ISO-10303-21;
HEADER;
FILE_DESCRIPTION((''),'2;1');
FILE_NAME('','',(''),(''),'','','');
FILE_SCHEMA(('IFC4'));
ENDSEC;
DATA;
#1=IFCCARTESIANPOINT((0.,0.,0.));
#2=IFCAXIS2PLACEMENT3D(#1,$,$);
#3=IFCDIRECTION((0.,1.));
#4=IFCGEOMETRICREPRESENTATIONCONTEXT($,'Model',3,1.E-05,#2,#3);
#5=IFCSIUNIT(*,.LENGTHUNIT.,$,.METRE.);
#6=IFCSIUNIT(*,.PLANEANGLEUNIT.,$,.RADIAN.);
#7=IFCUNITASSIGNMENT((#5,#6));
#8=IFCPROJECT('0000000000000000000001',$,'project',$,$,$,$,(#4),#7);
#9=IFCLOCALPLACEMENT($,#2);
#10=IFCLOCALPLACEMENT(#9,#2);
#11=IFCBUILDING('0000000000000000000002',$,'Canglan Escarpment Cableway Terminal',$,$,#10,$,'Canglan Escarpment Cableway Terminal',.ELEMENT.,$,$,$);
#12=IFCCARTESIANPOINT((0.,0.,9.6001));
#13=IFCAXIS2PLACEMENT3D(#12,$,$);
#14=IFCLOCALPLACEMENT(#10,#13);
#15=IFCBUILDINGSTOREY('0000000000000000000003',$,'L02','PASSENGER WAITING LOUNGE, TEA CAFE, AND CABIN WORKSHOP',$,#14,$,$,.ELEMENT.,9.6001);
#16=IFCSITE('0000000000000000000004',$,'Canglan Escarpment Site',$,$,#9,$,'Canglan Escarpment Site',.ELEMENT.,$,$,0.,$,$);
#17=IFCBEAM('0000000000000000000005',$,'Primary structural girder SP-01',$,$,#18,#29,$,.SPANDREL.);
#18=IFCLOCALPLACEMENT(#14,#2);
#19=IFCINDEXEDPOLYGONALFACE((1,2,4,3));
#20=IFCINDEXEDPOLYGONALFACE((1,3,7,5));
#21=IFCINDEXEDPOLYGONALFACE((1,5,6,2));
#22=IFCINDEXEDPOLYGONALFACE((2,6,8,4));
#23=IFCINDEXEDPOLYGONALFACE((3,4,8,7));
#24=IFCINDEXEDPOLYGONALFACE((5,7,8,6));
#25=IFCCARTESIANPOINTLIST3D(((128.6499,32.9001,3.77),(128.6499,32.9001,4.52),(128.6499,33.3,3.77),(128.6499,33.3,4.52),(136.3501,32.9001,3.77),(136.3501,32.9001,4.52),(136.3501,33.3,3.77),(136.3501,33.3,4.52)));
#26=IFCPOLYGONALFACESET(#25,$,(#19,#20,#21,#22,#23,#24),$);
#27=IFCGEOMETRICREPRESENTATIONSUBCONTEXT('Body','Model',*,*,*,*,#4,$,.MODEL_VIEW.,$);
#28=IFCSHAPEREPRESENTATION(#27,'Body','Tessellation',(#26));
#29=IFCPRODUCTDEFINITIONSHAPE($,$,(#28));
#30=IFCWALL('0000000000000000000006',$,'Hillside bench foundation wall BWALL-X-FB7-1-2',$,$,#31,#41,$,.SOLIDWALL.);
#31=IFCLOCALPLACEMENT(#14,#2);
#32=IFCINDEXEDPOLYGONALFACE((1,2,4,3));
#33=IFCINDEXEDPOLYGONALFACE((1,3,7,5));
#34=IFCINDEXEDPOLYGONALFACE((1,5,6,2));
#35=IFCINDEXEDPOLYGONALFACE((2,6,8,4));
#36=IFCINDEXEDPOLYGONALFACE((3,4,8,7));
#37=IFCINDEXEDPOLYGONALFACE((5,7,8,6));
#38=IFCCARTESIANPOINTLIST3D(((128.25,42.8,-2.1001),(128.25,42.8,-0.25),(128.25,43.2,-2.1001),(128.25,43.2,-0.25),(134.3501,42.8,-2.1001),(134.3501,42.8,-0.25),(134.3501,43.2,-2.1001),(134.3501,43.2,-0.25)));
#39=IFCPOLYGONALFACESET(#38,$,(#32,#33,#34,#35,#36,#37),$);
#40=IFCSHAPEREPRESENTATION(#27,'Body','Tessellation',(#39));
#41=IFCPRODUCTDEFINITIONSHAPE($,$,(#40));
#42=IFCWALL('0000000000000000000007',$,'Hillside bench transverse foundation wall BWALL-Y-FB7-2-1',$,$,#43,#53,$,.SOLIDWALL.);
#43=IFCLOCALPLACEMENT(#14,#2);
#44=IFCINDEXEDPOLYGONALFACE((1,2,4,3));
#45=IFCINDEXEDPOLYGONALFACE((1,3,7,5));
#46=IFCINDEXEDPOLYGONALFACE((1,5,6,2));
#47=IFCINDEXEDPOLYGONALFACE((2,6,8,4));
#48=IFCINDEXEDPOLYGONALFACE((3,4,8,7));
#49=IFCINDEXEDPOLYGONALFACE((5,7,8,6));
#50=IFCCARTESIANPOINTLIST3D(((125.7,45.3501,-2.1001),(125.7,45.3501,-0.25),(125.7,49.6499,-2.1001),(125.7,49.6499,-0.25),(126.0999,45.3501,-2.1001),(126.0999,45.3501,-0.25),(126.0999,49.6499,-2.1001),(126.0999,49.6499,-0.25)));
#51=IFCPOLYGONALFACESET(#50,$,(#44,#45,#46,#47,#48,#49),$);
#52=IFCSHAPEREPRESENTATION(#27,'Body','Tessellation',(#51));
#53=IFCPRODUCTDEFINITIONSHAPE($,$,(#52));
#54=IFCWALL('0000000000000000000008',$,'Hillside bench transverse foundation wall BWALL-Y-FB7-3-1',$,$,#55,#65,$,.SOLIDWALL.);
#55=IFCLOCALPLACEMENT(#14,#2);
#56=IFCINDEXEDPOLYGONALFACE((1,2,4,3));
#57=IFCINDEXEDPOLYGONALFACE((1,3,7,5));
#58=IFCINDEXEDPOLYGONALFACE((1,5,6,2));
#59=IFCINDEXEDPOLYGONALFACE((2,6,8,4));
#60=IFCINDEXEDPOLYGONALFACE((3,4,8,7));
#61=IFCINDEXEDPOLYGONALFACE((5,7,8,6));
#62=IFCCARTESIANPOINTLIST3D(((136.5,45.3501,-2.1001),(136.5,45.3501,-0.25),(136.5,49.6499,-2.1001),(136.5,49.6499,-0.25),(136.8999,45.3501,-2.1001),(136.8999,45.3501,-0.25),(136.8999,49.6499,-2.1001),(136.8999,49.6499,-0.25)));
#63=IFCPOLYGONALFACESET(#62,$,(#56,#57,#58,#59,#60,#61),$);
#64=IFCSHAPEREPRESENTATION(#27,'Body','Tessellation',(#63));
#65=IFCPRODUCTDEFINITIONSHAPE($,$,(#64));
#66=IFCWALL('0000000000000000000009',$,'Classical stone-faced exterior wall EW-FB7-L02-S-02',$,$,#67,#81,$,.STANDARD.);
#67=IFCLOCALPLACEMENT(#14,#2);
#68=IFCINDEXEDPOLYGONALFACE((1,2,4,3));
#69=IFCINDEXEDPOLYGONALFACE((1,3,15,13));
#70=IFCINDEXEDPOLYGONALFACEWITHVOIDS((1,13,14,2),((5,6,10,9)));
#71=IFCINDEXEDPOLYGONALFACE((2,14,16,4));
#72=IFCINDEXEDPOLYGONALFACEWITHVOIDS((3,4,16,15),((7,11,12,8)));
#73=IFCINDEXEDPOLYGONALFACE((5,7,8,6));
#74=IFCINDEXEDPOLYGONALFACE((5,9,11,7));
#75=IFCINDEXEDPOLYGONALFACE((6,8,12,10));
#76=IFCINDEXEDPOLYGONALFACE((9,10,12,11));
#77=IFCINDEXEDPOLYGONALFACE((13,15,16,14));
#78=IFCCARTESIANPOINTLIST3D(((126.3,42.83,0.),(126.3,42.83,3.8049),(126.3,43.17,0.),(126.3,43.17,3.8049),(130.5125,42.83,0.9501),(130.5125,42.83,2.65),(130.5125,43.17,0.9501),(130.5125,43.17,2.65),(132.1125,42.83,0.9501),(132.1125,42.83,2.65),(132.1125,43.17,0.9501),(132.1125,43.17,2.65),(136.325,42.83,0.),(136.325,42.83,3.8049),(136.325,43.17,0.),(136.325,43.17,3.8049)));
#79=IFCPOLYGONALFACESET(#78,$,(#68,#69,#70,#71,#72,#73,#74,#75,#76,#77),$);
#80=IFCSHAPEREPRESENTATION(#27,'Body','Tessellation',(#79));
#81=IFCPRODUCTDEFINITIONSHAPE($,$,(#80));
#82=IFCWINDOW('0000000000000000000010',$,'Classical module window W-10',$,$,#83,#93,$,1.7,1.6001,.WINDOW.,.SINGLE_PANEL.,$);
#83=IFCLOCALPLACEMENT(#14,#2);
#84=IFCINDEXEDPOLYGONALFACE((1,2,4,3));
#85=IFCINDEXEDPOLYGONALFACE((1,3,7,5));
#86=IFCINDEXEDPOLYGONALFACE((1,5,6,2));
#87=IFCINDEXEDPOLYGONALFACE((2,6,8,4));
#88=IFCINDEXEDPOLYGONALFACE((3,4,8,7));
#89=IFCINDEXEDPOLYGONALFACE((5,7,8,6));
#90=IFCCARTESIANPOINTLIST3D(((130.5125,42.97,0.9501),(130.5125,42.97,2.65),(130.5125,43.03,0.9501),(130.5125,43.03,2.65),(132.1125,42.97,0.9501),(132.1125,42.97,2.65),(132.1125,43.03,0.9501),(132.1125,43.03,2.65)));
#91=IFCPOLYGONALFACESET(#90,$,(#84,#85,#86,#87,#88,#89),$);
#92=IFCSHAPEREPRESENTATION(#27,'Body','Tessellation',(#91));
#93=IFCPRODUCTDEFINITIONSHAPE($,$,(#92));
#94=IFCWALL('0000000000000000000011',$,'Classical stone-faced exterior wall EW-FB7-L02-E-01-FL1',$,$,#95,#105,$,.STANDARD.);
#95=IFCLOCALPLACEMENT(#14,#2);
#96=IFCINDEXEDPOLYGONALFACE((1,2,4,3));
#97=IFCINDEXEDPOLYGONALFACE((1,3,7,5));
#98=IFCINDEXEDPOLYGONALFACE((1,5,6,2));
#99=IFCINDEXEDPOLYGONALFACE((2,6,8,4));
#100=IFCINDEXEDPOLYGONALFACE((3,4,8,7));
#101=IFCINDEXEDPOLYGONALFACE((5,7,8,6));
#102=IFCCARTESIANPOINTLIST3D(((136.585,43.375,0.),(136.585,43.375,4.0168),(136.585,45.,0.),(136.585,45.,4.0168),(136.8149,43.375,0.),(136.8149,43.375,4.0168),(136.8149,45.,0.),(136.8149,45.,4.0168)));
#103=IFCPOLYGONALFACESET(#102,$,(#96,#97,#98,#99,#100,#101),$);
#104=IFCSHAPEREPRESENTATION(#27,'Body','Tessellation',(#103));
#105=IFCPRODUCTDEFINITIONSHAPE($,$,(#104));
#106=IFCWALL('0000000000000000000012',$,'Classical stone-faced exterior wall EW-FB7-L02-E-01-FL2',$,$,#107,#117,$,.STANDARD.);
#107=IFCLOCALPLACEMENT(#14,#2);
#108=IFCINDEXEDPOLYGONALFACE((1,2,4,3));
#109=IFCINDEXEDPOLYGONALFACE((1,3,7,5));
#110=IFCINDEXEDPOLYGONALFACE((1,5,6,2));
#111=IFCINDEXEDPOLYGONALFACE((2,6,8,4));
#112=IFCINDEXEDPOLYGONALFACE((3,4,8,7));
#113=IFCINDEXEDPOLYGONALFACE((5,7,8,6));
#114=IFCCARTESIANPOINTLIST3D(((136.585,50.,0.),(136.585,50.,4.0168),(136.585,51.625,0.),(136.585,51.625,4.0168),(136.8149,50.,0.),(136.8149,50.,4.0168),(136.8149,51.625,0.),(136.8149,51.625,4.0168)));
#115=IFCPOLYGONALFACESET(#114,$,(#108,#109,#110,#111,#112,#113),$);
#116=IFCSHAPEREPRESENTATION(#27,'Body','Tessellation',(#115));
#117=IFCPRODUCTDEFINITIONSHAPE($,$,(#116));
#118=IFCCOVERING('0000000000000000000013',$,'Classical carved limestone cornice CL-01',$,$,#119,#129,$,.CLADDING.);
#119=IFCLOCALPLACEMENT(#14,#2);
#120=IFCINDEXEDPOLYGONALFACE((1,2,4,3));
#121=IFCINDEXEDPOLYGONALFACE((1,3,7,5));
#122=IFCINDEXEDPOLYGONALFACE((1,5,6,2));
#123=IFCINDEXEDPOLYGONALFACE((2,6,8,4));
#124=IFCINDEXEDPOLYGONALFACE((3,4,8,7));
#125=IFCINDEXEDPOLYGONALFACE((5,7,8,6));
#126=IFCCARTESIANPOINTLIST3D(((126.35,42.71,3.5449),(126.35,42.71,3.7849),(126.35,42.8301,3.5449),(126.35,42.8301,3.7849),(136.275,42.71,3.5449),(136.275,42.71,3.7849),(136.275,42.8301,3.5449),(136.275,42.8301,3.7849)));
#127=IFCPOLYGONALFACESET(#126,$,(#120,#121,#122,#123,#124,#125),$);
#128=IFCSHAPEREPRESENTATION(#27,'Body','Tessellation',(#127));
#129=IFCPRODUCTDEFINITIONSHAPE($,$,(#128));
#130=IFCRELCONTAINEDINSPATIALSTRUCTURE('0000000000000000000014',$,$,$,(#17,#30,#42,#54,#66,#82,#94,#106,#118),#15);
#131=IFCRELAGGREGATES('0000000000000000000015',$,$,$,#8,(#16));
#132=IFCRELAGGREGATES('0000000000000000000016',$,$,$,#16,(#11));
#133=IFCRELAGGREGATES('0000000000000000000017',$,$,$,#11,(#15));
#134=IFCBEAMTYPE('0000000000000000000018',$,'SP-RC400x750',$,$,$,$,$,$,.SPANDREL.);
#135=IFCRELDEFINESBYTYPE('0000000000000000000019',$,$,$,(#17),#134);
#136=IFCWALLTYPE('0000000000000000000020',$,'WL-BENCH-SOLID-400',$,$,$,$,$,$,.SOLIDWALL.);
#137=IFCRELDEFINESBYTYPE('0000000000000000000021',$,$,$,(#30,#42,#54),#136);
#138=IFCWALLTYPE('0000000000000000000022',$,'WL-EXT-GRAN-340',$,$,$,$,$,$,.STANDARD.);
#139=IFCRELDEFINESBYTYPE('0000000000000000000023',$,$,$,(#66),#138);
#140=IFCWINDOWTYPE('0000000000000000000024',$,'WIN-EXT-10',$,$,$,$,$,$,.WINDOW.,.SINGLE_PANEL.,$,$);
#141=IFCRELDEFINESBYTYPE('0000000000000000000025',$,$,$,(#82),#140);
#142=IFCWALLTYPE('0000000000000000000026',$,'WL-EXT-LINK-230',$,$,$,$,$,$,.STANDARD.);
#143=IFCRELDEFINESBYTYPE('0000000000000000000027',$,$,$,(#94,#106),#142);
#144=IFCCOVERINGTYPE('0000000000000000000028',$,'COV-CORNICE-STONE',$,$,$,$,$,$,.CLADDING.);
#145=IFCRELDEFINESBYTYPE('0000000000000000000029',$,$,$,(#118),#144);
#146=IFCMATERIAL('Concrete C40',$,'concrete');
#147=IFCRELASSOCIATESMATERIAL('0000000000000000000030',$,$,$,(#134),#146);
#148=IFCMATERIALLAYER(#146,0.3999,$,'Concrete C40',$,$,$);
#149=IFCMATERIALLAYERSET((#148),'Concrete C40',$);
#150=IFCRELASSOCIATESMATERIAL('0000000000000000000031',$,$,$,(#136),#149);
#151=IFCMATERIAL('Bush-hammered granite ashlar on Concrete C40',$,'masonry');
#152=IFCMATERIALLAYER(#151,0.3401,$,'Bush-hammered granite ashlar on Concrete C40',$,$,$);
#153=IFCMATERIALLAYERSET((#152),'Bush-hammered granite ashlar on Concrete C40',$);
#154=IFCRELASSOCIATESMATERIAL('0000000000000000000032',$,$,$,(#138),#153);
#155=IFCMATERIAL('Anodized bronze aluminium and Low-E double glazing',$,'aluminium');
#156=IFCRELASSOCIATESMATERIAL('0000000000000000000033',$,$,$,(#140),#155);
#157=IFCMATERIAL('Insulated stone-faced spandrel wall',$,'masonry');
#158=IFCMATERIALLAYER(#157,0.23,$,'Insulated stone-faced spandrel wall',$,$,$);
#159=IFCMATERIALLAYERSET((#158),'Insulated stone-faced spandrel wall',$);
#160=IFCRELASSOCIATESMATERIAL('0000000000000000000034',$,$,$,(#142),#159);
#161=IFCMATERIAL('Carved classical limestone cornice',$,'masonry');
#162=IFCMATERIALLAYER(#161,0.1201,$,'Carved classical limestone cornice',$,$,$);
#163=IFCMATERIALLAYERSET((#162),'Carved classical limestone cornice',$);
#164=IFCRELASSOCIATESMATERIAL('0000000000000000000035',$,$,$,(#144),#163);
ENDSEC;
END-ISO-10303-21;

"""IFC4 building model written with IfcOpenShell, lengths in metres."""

from ifc_helpers import new_model, si_unit, direction, frame, frame_2d, origin, origin_2d, place, context, subcontext, project, spatial, rectangle, extrude, material, layer, layer_set, material_profile, profile_set, type_object, element, fill, save


model = new_model("IFC4")

# Units and contexts
model_context = context("Model", 3, precision=1e-05, world=origin(), true_north=direction((0.0, 1.0)))
body_context = subcontext(model_context, "Body", "Model", "MODEL_VIEW")
ifc_project = project(units=[si_unit("LENGTHUNIT", "METRE"), si_unit("PLANEANGLEUNIT", "RADIAN")], contexts=[model_context])

# Site, building, storey
site_placement = place(None, origin())
site = spatial("IfcSite", under=ifc_project, at=site_placement, Name="Canglan Escarpment Site", LongName="Canglan Escarpment Site", CompositionType="ELEMENT", RefElevation=0.0)
building_placement = place(site_placement, origin())
building = spatial("IfcBuilding", under=site, at=building_placement, Name="Canglan Escarpment Cableway Terminal", LongName="Canglan Escarpment Cableway Terminal", CompositionType="ELEMENT")
storey_placement = place(building_placement, frame((0.0, 0.0, 9.6001)))
storey = spatial("IfcBuildingStorey", under=building, at=storey_placement, Name="L02", Description="PASSENGER WAITING LOUNGE, TEA CAFE, AND CABIN WORKSHOP", CompositionType="ELEMENT", Elevation=9.6001)

# Shared definitions
ifc_material_1 = material(Name="Concrete C40", Category="concrete")

# Beam
ifc_material_profile_1 = material_profile(ifc_material_1, rectangle(XDim=0.3999, YDim=0.75, at=origin_2d()), Name="RC 400x750")
ifc_profile_set_1 = profile_set([ifc_material_profile_1], Name="Concrete C40")
beam_type_1 = type_object("IfcBeamType", Name="SP-RC400x750", PredefinedType="SPANDREL", material=ifc_profile_set_1)
beam_1_placement = place(storey_placement, frame((128.6499, 33.1001, 4.145), z_axis=(1.0, 0.0, 0.0), x_axis=(0.0, 1.0, 0.0)))
element("IfcBeam", 1, at=beam_1_placement, inside=storey, type_object=beam_type_1, Name="Primary structural girder SP-01", PredefinedType="SPANDREL", context=body_context, shape_type="SweptSolid", body=[
    extrude(rectangle(XDim=0.3999, YDim=0.75, at=origin_2d()), origin(), (0.0, 0.0, 1.0), 7.7002),
])

# Walls
ifc_layer_1 = layer(ifc_material_1, 0.3999, Name="Concrete C40")
ifc_layer_set_1 = layer_set([ifc_layer_1], Name="Concrete C40")
wall_type_1 = type_object("IfcWallType", Name="WL-BENCH-SOLID-400", PredefinedType="SOLIDWALL", material=ifc_layer_set_1)
wall_1_placement = place(storey_placement, frame((128.25, 43.0, -2.1001), z_axis=(0.0, 0.0, 1.0), x_axis=(1.0, 0.0, 0.0)))
element("IfcWall", 2, at=wall_1_placement, inside=storey, type_object=wall_type_1, Name="Hillside bench foundation wall BWALL-X-FB7-1-2", PredefinedType="SOLIDWALL", context=body_context, shape_type="SweptSolid", body=[
    extrude(rectangle(XDim=6.1001, YDim=0.3999, at=frame_2d((3.05, 0.0))), origin(), (0.0, 0.0, 1.0), 1.8501),
])
for number, where, z_axis, x_axis, name in (
    (3, (125.8999, 45.3501, -2.1001), (0.0, 0.0, 1.0), (0.0, 1.0, 0.0), "Hillside bench transverse foundation wall BWALL-Y-FB7-2-1"),
    (4, (136.7, 45.3501, -2.1001), (0.0, 0.0, 1.0), (0.0, 1.0, 0.0), "Hillside bench transverse foundation wall BWALL-Y-FB7-3-1"),
):
    element("IfcWall", number, at=place(storey_placement, frame(where, z_axis=z_axis, x_axis=x_axis)), inside=storey, type_object=wall_type_1, Name=name, PredefinedType="SOLIDWALL", context=body_context, shape_type="SweptSolid", body=[
        extrude(rectangle(XDim=4.2998, YDim=0.3999, at=frame_2d((2.1499, 0.0))), origin(), (0.0, 0.0, 1.0), 1.8501),
    ])

# Wall, opening, window
ifc_material_2 = material(Name="Bush-hammered granite ashlar on Concrete C40", Category="masonry")
ifc_layer_2 = layer(ifc_material_2, 0.3401, Name="Bush-hammered granite ashlar on Concrete C40")
ifc_layer_set_2 = layer_set([ifc_layer_2], Name="Bush-hammered granite ashlar on Concrete C40")
wall_type_2 = type_object("IfcWallType", Name="WL-EXT-GRAN-340", PredefinedType="STANDARD", material=ifc_layer_set_2)
wall_2_placement = place(storey_placement, frame((126.3, 43.0, 0.0), z_axis=(0.0, 0.0, 1.0), x_axis=(1.0, 0.0, 0.0)))
wall_2 = element("IfcWall", 5, at=wall_2_placement, inside=storey, type_object=wall_type_2, Name="Classical stone-faced exterior wall EW-FB7-L02-S-02", PredefinedType="STANDARD", context=body_context, shape_type="SweptSolid", body=[
    extrude(rectangle(XDim=10.0249, YDim=0.3401, at=frame_2d((5.0125, 0.0))), origin(), (0.0, 0.0, 1.0), 3.8049),
])
opening_placement = place(wall_2_placement, frame((4.2124, 0.0, 0.95)))
opening = element("IfcOpeningElement", 6, at=opening_placement, cuts=wall_2, PredefinedType="OPENING", context=body_context, shape_type="SweptSolid", body=[
    extrude(rectangle(XDim=1.6001, YDim=1.7, at=frame_2d((0.8, 0.8501))), frame((0.0, 0.1802, 0.0), z_axis=(0.0, -1.0, 0.0), x_axis=(1.0, 0.0, 0.0)), (0.0, 0.0, 1.0), 0.3601),
])
ifc_material_3 = material(Name="Anodized bronze aluminium and Low-E double glazing", Category="aluminium")
window_type = type_object("IfcWindowType", Name="WIN-EXT-10", PartitioningType="SINGLE_PANEL", PredefinedType="WINDOW", material=ifc_material_3)
window_placement = place(opening_placement, origin())
window = element("IfcWindow", 7, at=window_placement, inside=storey, type_object=window_type, Name="Classical module window W-10", OverallHeight=1.7, OverallWidth=1.6001, PartitioningType="SINGLE_PANEL", PredefinedType="WINDOW", context=body_context, shape_type="SweptSolid", body=[
    extrude(rectangle(XDim=1.6001, YDim=1.7, at=frame_2d((0.8, 0.8501))), frame((0.0, 0.03, 0.0), z_axis=(0.0, -1.0, 0.0), x_axis=(1.0, 0.0, 0.0)), (0.0, 0.0, 1.0), 0.0601),
])
fill(opening, window)

# Walls
ifc_material_4 = material(Name="Insulated stone-faced spandrel wall", Category="masonry")
ifc_layer_3 = layer(ifc_material_4, 0.23, Name="Insulated stone-faced spandrel wall")
ifc_layer_set_3 = layer_set([ifc_layer_3], Name="Insulated stone-faced spandrel wall")
wall_type_3 = type_object("IfcWallType", Name="WL-EXT-LINK-230", PredefinedType="STANDARD", material=ifc_layer_set_3)
for number, where, z_axis, x_axis, name in (
    (8, (136.7, 43.375, 0.0), (0.0, 0.0, 1.0), (0.0, 1.0, 0.0), "Classical stone-faced exterior wall EW-FB7-L02-E-01-FL1"),
    (9, (136.7, 50.0, 0.0), (0.0, 0.0, 1.0), (0.0, 1.0, 0.0), "Classical stone-faced exterior wall EW-FB7-L02-E-01-FL2"),
):
    element("IfcWall", number, at=place(storey_placement, frame(where, z_axis=z_axis, x_axis=x_axis)), inside=storey, type_object=wall_type_3, Name=name, PredefinedType="STANDARD", context=body_context, shape_type="SweptSolid", body=[
        extrude(rectangle(XDim=1.625, YDim=0.23, at=frame_2d((0.8125, 0.0))), origin(), (0.0, 0.0, 1.0), 4.0168),
    ])

# Covering
ifc_material_5 = material(Name="Carved classical limestone cornice", Category="masonry")
ifc_layer_4 = layer(ifc_material_5, 0.1201, Name="Carved classical limestone cornice")
ifc_layer_set_4 = layer_set([ifc_layer_4], Name="Carved classical limestone cornice")
covering_type = type_object("IfcCoveringType", Name="COV-CORNICE-STONE", PredefinedType="CLADDING", material=ifc_layer_set_4)
covering_placement = place(storey_placement, frame((131.3125, 42.77, 3.5449), z_axis=(0.0, 0.0, 1.0), x_axis=(1.0, 0.0, 0.0)))
element("IfcCovering", 10, at=covering_placement, inside=storey, type_object=covering_type, Name="Classical carved limestone cornice CL-01", PredefinedType="CLADDING", context=body_context, shape_type="SweptSolid", body=[
    extrude(rectangle(XDim=9.925, YDim=0.1201, at=origin_2d()), origin(), (0.0, 0.0, 1.0), 0.24),
])

save(model, "model.ifc")
